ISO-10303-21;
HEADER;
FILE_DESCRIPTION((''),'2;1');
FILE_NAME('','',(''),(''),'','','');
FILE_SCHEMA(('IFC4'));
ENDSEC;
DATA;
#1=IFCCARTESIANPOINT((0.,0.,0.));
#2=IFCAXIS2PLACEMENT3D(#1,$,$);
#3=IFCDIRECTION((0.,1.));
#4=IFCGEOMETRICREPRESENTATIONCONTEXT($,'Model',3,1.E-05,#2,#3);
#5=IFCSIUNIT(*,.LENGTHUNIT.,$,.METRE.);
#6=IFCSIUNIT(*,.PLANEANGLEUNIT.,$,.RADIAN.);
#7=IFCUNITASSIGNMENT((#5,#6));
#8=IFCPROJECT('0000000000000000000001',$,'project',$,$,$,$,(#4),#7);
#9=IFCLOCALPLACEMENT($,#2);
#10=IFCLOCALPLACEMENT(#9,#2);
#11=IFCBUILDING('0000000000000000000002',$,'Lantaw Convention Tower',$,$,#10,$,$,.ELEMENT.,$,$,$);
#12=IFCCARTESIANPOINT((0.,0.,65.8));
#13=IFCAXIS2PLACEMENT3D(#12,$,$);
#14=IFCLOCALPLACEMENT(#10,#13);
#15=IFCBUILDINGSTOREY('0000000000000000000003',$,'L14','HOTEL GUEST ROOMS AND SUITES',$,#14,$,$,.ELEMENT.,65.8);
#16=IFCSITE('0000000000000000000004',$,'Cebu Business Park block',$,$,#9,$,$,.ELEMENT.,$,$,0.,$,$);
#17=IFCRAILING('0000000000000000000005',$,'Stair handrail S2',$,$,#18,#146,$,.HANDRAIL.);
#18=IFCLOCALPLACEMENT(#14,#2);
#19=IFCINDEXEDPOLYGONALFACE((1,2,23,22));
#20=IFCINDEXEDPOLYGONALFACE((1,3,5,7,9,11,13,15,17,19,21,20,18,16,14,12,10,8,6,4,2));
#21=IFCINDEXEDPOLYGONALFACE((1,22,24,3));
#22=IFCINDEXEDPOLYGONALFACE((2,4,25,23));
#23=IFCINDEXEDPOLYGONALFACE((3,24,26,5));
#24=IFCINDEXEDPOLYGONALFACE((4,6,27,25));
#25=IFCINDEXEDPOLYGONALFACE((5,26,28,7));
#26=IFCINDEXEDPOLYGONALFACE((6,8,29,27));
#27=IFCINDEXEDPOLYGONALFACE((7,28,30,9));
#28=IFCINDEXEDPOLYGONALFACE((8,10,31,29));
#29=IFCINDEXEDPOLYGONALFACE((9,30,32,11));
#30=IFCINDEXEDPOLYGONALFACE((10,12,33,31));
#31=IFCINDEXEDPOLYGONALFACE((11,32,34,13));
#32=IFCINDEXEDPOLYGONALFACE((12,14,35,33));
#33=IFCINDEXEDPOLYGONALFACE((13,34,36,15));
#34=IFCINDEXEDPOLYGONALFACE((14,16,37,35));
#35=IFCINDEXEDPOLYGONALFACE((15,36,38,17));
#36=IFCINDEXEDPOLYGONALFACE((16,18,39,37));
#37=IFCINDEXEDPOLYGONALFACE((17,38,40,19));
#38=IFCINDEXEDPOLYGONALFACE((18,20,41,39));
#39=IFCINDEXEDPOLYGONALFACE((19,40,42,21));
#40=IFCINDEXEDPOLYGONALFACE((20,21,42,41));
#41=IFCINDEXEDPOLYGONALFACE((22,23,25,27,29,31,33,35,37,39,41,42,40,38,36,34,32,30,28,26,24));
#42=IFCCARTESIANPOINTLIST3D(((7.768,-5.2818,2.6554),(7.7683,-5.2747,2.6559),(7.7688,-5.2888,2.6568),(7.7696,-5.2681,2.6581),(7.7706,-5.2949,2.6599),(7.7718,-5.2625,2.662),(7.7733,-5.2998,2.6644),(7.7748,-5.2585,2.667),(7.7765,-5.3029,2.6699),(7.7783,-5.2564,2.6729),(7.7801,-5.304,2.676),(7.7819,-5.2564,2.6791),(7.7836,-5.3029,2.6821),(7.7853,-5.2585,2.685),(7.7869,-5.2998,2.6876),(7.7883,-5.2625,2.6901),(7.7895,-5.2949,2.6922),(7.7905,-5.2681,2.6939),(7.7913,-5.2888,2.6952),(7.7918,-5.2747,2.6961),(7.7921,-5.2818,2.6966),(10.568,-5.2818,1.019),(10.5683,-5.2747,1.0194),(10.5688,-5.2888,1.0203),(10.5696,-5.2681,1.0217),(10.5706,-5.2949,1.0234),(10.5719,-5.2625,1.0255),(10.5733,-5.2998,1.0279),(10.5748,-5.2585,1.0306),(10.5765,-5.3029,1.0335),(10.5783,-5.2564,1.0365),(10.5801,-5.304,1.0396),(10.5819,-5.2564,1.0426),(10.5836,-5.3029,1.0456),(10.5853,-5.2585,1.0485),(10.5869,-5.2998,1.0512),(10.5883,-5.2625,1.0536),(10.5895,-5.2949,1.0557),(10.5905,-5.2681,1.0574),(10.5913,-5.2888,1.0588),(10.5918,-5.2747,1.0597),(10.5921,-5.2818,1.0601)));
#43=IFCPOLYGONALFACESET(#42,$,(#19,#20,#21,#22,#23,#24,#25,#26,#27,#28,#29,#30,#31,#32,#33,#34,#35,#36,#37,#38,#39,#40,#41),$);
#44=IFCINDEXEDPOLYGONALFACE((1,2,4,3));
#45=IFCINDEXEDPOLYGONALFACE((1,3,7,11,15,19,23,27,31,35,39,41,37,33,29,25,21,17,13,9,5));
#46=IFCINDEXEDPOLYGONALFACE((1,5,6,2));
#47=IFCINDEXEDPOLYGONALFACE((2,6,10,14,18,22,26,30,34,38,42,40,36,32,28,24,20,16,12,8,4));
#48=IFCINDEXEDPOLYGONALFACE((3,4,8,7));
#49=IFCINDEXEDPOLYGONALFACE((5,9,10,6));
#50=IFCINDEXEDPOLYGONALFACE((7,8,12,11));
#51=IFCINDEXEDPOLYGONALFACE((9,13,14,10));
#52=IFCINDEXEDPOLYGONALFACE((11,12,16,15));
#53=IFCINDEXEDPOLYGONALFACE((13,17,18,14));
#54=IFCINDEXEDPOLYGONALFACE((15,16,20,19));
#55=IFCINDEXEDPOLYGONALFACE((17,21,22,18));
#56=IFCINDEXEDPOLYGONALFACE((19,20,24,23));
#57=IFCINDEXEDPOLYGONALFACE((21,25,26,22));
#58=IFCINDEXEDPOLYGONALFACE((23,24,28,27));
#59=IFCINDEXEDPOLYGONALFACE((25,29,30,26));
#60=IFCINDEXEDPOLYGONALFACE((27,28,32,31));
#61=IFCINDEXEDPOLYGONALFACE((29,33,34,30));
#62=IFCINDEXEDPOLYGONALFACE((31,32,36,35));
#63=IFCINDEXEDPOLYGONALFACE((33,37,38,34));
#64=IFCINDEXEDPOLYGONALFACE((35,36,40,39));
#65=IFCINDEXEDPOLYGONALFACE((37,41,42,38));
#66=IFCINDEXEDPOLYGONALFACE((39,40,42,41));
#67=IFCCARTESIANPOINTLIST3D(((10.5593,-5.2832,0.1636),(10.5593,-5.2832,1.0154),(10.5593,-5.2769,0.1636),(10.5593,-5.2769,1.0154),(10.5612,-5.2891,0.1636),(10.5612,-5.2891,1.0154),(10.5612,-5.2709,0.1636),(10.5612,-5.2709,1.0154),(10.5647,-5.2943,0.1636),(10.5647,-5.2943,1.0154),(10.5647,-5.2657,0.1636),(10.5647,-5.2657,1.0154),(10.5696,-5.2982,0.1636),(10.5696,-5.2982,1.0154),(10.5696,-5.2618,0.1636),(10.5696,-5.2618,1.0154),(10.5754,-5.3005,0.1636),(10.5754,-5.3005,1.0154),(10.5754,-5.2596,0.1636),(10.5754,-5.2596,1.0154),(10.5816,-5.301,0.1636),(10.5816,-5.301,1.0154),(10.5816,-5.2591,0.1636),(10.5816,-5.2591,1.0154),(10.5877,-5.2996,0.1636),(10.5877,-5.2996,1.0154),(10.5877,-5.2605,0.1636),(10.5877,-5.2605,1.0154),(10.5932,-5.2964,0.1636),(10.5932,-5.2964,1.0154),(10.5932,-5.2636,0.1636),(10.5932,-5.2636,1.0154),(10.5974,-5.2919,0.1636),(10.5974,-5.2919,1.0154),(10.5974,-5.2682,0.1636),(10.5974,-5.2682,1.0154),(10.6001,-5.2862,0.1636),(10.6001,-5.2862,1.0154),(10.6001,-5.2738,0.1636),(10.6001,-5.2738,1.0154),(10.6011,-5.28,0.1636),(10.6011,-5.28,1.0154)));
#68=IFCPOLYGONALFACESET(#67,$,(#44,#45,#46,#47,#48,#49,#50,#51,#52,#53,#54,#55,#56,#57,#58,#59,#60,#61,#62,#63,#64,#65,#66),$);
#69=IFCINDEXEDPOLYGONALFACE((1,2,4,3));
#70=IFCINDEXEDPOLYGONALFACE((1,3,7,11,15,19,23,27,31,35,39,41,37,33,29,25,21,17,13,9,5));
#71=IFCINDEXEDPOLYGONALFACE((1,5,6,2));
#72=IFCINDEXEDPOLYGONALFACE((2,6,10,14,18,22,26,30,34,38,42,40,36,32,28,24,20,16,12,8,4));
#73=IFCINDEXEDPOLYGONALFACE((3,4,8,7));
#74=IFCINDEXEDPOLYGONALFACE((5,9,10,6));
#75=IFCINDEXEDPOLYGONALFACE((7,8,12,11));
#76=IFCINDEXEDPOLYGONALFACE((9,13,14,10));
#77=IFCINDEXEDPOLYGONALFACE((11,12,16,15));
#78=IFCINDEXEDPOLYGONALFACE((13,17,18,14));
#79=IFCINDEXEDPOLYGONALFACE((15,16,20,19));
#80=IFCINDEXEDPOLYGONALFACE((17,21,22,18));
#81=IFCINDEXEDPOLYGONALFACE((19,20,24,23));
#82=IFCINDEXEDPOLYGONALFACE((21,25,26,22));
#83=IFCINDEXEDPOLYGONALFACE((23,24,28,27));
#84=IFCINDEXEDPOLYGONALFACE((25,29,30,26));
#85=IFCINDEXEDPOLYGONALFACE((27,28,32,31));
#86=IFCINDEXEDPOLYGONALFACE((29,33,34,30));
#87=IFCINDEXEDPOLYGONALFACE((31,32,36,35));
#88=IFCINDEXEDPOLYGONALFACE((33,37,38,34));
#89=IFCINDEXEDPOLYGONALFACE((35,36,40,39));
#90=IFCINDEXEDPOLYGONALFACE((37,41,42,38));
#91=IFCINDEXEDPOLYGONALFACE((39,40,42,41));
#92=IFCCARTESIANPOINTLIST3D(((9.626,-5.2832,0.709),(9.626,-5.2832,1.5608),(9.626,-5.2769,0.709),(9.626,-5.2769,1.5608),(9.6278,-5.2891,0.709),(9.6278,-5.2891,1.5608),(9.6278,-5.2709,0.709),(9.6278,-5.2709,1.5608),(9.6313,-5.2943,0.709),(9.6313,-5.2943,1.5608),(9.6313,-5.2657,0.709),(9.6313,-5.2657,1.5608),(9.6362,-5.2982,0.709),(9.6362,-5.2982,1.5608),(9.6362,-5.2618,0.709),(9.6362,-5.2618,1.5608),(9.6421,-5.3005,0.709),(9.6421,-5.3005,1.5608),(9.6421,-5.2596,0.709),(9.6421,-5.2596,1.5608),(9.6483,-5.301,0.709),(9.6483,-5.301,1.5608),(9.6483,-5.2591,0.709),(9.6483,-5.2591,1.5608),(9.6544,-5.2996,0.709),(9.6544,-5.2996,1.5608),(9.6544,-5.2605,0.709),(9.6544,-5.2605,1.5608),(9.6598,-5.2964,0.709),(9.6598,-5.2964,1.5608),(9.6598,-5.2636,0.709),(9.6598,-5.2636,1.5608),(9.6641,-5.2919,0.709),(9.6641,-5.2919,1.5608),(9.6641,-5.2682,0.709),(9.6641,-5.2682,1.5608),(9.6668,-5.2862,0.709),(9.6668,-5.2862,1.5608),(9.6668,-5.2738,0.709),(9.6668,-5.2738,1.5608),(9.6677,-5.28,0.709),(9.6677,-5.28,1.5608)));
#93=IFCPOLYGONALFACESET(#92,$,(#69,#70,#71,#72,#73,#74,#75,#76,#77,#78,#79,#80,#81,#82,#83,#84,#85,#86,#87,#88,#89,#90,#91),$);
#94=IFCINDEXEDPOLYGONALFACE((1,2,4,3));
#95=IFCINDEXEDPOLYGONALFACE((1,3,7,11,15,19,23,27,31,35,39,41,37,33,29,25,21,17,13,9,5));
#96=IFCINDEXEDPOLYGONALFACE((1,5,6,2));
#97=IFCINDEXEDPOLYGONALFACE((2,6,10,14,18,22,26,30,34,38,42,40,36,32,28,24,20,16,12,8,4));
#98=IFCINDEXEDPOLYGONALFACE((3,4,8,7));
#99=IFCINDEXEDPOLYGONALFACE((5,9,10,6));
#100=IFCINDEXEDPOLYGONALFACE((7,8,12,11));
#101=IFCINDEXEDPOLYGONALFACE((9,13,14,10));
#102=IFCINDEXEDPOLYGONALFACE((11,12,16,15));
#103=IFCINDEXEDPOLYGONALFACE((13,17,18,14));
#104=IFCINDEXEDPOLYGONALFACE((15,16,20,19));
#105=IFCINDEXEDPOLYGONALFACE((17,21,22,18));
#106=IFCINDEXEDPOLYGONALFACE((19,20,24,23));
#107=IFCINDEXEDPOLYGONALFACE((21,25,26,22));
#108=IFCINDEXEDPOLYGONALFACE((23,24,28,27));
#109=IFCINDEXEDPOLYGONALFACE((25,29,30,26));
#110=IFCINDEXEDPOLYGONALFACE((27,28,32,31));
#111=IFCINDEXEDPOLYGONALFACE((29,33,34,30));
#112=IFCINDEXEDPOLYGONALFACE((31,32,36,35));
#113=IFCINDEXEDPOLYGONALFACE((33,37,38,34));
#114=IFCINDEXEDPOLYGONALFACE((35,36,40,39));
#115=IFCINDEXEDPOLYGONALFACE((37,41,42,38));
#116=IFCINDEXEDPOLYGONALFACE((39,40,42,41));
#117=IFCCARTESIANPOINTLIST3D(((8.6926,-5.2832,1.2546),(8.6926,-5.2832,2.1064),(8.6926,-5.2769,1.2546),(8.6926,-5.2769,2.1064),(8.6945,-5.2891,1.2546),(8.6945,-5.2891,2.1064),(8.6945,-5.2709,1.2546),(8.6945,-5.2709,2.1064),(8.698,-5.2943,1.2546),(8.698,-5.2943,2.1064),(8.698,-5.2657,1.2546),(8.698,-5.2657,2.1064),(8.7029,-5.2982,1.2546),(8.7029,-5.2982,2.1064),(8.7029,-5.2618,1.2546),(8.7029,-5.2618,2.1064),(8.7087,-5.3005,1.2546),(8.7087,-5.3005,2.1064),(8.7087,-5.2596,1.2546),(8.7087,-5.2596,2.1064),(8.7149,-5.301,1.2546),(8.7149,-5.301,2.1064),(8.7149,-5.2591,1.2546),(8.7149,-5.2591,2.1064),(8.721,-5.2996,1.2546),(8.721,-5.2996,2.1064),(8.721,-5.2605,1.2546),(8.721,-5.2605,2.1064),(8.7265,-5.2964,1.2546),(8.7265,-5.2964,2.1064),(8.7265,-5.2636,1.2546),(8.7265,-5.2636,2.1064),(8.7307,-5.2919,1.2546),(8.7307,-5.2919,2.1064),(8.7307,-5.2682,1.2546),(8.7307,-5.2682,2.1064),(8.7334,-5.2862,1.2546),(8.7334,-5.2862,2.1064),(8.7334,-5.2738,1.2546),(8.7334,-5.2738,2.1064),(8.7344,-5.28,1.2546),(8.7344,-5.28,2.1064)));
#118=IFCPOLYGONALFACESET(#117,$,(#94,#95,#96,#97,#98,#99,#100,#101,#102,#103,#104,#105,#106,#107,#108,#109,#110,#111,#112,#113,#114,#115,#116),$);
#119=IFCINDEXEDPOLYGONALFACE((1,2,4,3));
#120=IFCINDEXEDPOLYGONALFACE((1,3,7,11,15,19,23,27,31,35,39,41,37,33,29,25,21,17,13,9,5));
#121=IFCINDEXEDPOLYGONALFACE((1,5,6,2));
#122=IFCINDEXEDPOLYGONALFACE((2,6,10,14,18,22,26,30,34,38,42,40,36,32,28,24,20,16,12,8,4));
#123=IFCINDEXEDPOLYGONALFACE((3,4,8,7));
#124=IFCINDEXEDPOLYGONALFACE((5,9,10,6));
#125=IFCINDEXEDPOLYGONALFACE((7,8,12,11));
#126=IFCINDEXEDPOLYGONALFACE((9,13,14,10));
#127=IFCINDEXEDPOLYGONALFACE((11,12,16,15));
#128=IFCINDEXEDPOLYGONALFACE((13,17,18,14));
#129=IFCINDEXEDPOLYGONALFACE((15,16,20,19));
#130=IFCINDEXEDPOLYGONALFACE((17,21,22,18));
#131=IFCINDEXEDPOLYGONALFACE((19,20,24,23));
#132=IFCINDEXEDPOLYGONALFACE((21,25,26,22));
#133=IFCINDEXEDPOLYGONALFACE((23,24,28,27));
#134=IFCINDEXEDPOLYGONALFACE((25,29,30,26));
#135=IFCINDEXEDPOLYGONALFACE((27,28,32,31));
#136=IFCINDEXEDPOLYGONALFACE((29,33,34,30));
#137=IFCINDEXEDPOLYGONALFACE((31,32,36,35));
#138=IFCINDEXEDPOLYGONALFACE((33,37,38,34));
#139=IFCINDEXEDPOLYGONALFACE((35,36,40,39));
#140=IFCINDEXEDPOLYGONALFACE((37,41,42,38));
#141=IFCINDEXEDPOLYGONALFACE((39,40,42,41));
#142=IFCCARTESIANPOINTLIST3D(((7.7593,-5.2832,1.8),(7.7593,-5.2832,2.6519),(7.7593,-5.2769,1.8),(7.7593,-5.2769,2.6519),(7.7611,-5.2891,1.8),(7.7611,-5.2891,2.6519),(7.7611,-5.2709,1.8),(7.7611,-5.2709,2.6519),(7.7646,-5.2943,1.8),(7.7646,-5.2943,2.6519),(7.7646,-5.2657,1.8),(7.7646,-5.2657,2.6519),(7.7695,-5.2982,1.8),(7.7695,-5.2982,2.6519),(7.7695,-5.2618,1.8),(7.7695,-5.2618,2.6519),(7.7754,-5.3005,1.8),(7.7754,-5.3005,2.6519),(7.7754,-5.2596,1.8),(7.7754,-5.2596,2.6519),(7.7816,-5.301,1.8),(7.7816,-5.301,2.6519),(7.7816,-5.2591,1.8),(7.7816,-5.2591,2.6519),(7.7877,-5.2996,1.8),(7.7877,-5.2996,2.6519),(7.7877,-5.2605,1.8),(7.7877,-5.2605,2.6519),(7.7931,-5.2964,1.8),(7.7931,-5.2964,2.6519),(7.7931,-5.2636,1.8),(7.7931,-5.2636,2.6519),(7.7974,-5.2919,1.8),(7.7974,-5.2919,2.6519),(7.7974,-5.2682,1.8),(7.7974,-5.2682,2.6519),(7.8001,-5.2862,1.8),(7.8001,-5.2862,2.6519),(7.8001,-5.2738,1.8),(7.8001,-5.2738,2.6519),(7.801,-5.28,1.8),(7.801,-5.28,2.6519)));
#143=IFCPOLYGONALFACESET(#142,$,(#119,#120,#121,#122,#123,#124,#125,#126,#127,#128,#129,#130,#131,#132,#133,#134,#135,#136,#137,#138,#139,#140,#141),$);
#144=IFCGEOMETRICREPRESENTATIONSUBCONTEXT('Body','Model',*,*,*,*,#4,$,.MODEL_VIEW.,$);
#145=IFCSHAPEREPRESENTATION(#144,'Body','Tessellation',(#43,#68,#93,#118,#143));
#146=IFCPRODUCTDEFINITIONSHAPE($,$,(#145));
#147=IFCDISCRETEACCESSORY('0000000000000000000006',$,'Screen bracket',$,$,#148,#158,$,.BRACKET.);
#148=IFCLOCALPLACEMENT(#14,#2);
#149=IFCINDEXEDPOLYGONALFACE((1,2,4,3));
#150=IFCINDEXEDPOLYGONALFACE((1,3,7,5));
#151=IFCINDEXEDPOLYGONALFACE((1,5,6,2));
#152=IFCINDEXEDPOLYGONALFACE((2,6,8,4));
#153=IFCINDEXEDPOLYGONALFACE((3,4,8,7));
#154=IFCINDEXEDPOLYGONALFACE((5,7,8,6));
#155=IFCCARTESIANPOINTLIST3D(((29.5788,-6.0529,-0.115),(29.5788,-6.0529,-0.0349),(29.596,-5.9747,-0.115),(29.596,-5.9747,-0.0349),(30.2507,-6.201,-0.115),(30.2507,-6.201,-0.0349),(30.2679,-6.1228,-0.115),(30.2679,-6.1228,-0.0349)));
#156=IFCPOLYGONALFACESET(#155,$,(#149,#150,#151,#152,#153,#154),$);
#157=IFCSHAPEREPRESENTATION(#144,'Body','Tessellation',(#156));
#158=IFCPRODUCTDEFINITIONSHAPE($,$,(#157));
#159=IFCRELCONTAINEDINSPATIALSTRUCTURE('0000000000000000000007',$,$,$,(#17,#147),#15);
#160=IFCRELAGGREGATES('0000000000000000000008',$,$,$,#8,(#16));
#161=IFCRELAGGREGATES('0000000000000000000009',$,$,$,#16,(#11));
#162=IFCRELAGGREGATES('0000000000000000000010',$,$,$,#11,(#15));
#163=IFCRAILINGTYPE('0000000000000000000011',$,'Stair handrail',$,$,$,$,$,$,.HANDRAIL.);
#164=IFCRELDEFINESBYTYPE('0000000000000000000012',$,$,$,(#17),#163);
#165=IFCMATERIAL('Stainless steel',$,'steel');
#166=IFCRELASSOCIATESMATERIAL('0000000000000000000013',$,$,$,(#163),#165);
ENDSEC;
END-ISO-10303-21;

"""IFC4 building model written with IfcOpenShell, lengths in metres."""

from ifc_helpers import new_model, si_unit, direction, frame, origin, origin_2d, place, context, subcontext, project, spatial, rectangle, circle, extrude, material, type_object, element, save


model = new_model("IFC4")

# Units and contexts
model_context = context("Model", 3, precision=1e-05, world=origin(), true_north=direction((0.0, 1.0)))
body_context = subcontext(model_context, "Body", "Model", "MODEL_VIEW")
ifc_project = project(units=[si_unit("LENGTHUNIT", "METRE"), si_unit("PLANEANGLEUNIT", "RADIAN")], contexts=[model_context])

# Site, building, storey
site_placement = place(None, origin())
site = spatial("IfcSite", under=ifc_project, at=site_placement, Name="Cebu Business Park block", CompositionType="ELEMENT", RefElevation=0.0)
building_placement = place(site_placement, origin())
building = spatial("IfcBuilding", under=site, at=building_placement, Name="Lantaw Convention Tower", CompositionType="ELEMENT")
storey_placement = place(building_placement, frame((0.0, 0.0, 65.8)))
storey = spatial("IfcBuildingStorey", under=building, at=storey_placement, Name="L14", Description="HOTEL GUEST ROOMS AND SUITES", CompositionType="ELEMENT", Elevation=65.8)

# Railing
ifc_material_1 = material(Name="Stainless steel", Category="steel")
railing_type = type_object("IfcRailingType", Name="Stair handrail", PredefinedType="HANDRAIL", material=ifc_material_1)
railing_placement = place(storey_placement, frame((10.5801, -5.28, 0.1636)))
element("IfcRailing", 1, at=railing_placement, inside=storey, type_object=railing_type, Name="Stair handrail S2", PredefinedType="HANDRAIL", context=body_context, shape_type="SweptSolid", body=[
    extrude(circle(Radius=0.0239, at=origin_2d()), frame((0.0, 0.0, 0.876), z_axis=(-0.863361, 0.0, 0.504587), x_axis=(0.0, -1.0, 0.0)), (0.0, 0.0, 1.0), 3.2432),
    extrude(circle(Radius=0.021, at=origin_2d()), origin(), (0.0, 0.0, 1.0), 0.8518),
    extrude(circle(Radius=0.021, at=origin_2d()), frame((-0.9333, 0.0, 0.5454)), (0.0, 0.0, 1.0), 0.8518),
    extrude(circle(Radius=0.021, at=origin_2d()), frame((-1.8667, 0.0, 1.0911)), (0.0, 0.0, 1.0), 0.8518),
    extrude(circle(Radius=0.021, at=origin_2d()), frame((-2.8, 0.0, 1.6365)), (0.0, 0.0, 1.0), 0.8518),
])

# Discrete accessory
discrete_accessory_placement = place(storey_placement, frame((29.9233, -6.0879, -0.115), z_axis=(0.0, 0.0, 1.0), x_axis=(0.215246, 0.97656, 0.0)))
element("IfcDiscreteAccessory", 2, at=discrete_accessory_placement, inside=storey, Name="Screen bracket", PredefinedType="BRACKET", context=body_context, shape_type="SweptSolid", body=[
    extrude(rectangle(XDim=0.0801, YDim=0.688, at=origin_2d()), origin(), (0.0, 0.0, 1.0), 0.0801),
])

save(model, "model.ifc")
